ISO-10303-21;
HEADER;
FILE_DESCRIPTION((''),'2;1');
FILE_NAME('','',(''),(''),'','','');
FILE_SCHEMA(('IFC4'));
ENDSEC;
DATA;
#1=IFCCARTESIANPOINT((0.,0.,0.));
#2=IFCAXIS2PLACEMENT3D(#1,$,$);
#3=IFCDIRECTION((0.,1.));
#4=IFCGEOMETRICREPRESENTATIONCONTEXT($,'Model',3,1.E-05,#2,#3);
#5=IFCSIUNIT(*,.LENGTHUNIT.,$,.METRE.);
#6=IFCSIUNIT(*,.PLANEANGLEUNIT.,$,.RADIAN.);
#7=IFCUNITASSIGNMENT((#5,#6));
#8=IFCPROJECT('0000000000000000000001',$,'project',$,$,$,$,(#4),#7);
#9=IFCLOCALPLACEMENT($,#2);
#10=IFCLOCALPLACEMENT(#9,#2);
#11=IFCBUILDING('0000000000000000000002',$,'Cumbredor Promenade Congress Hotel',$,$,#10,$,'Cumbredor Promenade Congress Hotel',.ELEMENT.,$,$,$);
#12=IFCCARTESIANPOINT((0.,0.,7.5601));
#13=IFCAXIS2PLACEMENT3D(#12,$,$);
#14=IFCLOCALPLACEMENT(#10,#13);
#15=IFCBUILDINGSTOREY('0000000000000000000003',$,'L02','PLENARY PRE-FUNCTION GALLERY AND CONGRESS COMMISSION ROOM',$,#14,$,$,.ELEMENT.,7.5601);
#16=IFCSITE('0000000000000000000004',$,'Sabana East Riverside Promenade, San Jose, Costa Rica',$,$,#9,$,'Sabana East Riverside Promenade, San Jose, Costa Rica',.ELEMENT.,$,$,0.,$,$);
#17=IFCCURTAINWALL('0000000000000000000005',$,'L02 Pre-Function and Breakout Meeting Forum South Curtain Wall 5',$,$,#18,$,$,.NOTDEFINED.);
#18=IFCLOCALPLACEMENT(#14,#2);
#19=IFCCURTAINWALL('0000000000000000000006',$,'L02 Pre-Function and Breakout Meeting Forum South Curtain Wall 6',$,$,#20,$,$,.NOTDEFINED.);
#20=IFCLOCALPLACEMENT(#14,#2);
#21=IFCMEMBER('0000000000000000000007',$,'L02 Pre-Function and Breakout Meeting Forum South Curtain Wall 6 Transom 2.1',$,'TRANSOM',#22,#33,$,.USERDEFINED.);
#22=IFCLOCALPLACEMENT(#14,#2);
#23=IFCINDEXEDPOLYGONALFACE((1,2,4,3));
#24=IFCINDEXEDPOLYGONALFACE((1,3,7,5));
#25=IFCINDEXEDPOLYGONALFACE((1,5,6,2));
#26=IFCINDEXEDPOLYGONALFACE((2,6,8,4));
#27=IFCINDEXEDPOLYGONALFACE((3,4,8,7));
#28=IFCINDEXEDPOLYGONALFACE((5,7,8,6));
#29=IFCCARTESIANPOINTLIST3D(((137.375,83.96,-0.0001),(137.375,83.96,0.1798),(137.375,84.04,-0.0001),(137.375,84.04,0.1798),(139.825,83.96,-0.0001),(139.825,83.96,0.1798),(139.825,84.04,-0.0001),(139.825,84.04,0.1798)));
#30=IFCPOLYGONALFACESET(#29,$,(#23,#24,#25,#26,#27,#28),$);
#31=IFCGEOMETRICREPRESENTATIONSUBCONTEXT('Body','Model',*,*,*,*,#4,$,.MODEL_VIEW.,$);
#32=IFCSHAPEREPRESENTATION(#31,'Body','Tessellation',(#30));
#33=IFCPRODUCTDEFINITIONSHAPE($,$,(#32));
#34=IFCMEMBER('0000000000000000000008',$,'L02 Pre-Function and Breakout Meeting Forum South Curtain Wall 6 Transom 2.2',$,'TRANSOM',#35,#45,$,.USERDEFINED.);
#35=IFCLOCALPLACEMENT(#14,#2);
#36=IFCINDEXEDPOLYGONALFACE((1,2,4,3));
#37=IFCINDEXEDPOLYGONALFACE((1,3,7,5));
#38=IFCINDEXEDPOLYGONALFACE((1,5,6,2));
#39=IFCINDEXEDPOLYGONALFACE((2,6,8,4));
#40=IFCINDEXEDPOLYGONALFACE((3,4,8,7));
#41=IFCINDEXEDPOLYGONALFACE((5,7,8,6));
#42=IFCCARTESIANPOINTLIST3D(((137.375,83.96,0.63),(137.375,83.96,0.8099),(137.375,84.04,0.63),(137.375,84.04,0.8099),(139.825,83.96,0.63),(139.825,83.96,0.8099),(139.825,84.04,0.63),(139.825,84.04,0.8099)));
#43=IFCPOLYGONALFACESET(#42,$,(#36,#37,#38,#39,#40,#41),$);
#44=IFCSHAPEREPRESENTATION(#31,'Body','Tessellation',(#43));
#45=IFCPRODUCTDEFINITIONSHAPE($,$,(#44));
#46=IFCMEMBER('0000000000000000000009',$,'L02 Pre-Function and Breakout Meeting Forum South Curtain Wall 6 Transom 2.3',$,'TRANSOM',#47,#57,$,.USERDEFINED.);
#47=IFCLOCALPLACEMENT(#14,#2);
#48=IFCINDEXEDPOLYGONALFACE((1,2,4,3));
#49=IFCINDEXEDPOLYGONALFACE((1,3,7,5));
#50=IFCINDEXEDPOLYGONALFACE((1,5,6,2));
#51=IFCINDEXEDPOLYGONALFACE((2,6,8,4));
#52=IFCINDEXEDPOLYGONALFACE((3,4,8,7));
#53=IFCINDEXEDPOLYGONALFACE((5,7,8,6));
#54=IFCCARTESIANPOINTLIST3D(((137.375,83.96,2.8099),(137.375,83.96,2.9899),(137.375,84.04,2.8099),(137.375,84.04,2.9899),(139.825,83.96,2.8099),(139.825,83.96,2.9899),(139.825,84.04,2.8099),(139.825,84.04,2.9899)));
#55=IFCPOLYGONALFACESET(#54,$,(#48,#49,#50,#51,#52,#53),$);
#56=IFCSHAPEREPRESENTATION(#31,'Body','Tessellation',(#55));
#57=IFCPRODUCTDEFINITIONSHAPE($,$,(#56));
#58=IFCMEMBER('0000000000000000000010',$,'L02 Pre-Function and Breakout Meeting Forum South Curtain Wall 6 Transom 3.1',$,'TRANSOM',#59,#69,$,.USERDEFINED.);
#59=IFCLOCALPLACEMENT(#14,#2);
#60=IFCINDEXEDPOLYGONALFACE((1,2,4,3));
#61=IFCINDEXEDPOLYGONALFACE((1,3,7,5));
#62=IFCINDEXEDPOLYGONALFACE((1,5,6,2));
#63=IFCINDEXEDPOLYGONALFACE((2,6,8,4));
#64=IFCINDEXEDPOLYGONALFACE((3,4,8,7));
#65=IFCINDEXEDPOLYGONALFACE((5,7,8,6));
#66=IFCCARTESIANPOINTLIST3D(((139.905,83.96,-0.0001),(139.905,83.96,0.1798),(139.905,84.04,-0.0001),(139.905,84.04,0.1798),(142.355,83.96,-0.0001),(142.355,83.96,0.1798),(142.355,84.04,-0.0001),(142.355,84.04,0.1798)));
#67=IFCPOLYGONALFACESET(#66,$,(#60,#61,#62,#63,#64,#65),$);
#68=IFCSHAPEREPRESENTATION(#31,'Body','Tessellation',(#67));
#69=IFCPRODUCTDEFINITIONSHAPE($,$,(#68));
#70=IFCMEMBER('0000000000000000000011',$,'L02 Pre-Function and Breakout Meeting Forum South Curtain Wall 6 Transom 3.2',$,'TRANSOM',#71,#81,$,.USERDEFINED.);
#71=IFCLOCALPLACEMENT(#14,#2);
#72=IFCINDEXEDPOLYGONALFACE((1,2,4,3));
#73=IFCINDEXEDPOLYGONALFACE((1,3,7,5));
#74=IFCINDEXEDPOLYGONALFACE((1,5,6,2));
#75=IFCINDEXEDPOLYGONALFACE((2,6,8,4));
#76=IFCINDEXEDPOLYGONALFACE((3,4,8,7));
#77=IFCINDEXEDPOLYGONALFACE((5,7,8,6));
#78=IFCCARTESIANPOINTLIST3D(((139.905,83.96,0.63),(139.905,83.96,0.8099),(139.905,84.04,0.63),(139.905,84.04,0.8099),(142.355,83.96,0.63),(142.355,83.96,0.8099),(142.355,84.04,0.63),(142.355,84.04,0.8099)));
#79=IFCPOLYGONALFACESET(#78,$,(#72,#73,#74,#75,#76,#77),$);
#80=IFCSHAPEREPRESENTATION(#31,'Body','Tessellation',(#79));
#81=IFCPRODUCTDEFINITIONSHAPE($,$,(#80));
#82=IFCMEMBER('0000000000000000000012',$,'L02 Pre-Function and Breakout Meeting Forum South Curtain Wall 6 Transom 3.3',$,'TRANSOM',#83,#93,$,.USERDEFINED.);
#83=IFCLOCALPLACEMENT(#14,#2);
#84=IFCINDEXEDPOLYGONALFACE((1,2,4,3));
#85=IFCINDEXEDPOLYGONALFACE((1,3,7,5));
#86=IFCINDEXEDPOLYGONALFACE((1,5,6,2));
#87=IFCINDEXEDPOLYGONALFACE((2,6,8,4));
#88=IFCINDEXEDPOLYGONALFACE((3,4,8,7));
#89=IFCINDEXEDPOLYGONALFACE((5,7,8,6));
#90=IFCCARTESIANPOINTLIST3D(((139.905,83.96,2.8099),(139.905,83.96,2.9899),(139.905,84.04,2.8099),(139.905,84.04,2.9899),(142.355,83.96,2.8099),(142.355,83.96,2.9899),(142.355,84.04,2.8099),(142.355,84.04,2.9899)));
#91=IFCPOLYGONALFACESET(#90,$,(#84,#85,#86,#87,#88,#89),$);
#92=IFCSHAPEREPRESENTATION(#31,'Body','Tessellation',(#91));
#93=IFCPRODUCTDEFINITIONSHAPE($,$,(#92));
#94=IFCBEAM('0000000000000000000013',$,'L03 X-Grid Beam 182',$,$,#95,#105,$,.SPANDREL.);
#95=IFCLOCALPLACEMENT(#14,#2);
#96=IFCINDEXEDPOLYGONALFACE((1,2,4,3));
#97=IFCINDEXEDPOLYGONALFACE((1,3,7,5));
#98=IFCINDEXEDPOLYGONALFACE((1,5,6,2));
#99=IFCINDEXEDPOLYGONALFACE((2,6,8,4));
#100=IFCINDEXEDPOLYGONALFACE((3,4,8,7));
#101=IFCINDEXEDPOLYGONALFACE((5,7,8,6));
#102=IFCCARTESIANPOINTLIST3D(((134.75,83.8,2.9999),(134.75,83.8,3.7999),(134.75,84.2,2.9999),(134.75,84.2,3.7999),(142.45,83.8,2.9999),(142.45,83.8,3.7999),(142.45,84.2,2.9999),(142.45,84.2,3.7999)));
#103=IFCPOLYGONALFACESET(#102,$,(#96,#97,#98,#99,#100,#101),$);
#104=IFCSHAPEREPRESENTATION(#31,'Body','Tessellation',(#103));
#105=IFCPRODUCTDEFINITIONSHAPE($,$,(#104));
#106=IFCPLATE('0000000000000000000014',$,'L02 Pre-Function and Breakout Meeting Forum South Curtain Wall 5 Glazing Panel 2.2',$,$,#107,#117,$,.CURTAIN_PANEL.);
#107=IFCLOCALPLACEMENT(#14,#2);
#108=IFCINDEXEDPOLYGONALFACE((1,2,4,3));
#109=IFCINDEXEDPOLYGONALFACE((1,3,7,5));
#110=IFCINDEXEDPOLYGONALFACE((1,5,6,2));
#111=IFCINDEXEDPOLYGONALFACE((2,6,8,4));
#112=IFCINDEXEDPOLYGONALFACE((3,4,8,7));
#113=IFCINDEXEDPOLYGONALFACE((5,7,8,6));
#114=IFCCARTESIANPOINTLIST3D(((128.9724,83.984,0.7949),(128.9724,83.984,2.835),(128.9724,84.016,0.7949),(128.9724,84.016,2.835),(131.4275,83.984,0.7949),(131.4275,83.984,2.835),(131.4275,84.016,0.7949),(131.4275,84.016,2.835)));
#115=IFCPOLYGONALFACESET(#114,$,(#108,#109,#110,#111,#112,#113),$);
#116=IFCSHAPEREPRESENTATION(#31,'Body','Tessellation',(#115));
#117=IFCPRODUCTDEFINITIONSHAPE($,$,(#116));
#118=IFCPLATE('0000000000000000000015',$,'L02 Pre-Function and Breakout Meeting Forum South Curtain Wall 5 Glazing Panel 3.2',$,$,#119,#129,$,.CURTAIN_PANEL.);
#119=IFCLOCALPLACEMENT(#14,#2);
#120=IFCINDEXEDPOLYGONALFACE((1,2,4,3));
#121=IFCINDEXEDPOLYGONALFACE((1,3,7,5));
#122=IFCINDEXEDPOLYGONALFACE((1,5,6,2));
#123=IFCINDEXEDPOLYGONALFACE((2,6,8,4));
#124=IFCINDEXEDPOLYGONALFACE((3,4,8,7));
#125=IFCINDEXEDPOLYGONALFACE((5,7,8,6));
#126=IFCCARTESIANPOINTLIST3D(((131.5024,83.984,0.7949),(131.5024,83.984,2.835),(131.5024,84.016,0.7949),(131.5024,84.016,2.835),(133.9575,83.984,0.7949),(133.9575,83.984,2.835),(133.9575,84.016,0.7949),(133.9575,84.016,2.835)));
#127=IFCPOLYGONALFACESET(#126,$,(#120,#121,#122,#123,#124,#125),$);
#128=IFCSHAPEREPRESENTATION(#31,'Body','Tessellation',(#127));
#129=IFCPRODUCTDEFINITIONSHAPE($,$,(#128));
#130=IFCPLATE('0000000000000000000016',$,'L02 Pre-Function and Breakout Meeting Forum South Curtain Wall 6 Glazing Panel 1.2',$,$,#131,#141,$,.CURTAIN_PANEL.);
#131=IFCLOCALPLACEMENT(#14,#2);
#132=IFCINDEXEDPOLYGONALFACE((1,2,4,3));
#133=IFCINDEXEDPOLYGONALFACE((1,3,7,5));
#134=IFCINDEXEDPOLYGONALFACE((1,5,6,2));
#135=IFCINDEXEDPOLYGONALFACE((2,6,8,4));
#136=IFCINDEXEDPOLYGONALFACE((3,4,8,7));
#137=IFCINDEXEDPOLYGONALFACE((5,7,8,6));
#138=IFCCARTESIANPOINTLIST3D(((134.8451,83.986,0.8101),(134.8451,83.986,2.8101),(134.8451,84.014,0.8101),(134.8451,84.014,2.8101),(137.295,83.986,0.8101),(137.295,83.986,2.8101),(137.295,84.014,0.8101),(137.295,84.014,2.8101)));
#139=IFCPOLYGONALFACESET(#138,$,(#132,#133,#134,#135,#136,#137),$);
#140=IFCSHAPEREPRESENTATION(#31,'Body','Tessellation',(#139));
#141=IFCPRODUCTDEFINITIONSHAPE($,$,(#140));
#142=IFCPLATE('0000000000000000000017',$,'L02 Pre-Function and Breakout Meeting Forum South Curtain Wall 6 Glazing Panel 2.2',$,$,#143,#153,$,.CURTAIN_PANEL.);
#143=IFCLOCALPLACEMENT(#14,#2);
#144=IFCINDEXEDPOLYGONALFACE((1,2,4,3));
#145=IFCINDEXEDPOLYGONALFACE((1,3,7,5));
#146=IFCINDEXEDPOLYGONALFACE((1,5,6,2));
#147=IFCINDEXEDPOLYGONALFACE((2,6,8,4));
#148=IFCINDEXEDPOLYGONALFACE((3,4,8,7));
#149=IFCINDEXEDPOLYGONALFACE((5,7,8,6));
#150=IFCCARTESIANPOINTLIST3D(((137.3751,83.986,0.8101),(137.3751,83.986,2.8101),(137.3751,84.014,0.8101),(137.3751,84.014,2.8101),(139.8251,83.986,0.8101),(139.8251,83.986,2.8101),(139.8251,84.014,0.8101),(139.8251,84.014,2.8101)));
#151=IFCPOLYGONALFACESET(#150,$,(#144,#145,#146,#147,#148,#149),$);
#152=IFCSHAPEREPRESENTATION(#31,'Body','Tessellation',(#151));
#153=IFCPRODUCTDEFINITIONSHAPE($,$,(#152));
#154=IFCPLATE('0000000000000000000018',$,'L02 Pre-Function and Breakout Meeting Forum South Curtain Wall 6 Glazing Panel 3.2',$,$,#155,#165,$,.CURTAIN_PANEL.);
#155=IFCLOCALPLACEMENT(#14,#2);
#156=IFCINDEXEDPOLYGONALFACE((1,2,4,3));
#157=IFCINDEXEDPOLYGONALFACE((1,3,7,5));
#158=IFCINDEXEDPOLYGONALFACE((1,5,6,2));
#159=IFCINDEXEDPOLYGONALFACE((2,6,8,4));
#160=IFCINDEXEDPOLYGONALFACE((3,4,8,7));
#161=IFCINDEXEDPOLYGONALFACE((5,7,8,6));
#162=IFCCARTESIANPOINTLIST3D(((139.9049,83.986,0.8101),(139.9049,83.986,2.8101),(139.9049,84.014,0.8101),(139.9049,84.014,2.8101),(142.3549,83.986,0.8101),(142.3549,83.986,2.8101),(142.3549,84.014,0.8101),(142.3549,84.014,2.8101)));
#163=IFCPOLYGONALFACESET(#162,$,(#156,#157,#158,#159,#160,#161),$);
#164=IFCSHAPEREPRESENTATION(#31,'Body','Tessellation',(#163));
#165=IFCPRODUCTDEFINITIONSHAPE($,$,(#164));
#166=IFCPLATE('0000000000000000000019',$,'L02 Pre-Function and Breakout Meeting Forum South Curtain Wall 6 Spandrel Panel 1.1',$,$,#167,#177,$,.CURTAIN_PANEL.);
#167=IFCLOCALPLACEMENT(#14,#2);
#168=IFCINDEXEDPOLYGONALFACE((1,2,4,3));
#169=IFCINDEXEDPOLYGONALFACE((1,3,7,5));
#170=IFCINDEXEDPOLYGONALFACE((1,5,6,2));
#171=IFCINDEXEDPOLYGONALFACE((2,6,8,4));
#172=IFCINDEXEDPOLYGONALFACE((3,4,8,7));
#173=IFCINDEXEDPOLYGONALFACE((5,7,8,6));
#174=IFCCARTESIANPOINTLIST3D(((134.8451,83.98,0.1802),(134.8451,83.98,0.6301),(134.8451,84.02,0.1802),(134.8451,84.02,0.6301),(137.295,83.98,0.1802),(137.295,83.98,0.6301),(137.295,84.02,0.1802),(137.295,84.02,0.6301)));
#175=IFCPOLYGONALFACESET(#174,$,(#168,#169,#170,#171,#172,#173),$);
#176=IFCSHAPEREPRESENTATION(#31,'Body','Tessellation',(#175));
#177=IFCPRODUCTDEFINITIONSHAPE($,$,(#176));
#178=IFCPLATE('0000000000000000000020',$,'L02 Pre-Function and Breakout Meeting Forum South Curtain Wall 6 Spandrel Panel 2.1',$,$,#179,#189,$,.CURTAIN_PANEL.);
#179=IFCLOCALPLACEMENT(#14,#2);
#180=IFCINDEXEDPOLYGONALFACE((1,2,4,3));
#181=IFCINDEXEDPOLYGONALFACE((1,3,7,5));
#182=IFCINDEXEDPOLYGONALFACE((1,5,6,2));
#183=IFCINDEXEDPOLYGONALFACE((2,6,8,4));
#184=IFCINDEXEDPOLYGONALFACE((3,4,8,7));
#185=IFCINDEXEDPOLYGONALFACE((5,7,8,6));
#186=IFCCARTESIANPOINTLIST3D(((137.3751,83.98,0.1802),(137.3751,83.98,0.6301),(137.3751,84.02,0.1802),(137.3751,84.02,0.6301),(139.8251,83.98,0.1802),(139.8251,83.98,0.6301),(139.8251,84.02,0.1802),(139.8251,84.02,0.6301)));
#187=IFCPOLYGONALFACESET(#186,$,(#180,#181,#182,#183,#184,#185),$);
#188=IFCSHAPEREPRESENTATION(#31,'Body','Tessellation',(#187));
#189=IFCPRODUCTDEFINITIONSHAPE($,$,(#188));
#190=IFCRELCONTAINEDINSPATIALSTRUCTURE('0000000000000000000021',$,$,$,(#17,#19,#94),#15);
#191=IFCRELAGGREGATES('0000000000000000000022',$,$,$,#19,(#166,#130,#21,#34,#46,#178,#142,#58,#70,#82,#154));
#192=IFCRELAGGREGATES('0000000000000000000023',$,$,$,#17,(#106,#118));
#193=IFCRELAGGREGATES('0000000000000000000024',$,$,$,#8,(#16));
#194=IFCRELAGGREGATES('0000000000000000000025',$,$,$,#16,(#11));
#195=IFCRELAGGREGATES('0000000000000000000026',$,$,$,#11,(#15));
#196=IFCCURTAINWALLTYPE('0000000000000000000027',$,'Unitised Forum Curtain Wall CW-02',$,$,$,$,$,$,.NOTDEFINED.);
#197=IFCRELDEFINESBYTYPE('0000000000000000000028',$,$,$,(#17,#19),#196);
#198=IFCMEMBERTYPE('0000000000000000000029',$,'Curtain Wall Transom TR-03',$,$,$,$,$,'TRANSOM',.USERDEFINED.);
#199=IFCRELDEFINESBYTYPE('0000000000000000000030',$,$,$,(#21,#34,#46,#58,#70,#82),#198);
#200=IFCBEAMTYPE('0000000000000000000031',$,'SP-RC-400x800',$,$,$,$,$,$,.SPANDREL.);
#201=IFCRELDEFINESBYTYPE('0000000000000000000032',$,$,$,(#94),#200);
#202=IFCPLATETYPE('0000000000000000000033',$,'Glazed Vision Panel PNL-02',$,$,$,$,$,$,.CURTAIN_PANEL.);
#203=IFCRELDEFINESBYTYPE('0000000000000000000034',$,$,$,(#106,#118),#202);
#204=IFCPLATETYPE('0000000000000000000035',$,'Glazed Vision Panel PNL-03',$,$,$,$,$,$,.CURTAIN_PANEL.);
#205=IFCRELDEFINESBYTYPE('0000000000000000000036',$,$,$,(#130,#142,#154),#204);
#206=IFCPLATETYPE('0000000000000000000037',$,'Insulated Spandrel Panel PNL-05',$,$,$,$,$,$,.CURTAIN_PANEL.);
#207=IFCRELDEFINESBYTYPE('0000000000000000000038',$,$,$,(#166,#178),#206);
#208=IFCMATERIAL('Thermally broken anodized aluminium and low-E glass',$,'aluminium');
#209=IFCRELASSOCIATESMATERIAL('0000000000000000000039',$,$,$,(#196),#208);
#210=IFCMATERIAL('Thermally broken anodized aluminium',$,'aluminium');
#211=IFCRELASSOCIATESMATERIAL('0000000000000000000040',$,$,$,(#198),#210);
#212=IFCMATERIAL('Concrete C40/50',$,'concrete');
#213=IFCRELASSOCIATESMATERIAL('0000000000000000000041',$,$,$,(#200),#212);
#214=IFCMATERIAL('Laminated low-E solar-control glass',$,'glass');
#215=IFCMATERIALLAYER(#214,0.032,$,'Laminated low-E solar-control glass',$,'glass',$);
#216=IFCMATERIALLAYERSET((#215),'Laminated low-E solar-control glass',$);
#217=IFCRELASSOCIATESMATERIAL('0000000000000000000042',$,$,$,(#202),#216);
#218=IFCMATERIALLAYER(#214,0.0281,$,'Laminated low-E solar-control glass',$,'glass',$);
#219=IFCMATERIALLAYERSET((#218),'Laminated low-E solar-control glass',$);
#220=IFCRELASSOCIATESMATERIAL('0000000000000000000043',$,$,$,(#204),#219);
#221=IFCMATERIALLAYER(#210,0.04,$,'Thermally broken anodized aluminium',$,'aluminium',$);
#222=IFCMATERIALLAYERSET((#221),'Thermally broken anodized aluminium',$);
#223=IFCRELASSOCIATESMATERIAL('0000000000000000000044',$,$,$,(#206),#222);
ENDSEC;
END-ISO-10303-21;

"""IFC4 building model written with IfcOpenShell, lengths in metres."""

from ifc_helpers import new_model, si_unit, direction, frame, origin, origin_2d, place, context, subcontext, project, spatial, rectangle, extrude, material, layer, layer_set, material_profile, profile_set, type_object, element, aggregate, save


model = new_model("IFC4")

# Units and contexts
model_context = context("Model", 3, precision=1e-05, world=origin(), true_north=direction((0.0, 1.0)))
body_context = subcontext(model_context, "Body", "Model", "MODEL_VIEW")
ifc_project = project(units=[si_unit("LENGTHUNIT", "METRE"), si_unit("PLANEANGLEUNIT", "RADIAN")], contexts=[model_context])

# Site, building, storey
site_placement = place(None, origin())
site = spatial("IfcSite", under=ifc_project, at=site_placement, Name="Sabana East Riverside Promenade, San Jose, Costa Rica", LongName="Sabana East Riverside Promenade, San Jose, Costa Rica", CompositionType="ELEMENT", RefElevation=0.0)
building_placement = place(site_placement, origin())
building = spatial("IfcBuilding", under=site, at=building_placement, Name="Cumbredor Promenade Congress Hotel", LongName="Cumbredor Promenade Congress Hotel", CompositionType="ELEMENT")
storey_placement = place(building_placement, frame((0.0, 0.0, 7.5601)))
storey = spatial("IfcBuildingStorey", under=building, at=storey_placement, Name="L02", Description="PLENARY PRE-FUNCTION GALLERY AND CONGRESS COMMISSION ROOM", CompositionType="ELEMENT", Elevation=7.5601)

# Shared definitions
ifc_material_1 = material(Name="Concrete C40/50", Category="concrete")

# Curtain walls
ifc_material_2 = material(Name="Thermally broken anodized aluminium and low-E glass", Category="aluminium")
curtain_wall_type = type_object("IfcCurtainWallType", Name="Unitised Forum Curtain Wall CW-02", PredefinedType="NOTDEFINED", material=ifc_material_2)
curtain_wall_1_placement = place(storey_placement, origin())
curtain_wall_1 = element("IfcCurtainWall", 1, at=curtain_wall_1_placement, inside=storey, type_object=curtain_wall_type, Name="L02 Pre-Function and Breakout Meeting Forum South Curtain Wall 5", PredefinedType="NOTDEFINED")
ifc_material_3 = material(Name="Thermally broken anodized aluminium", Category="aluminium")
curtain_wall_2_placement = place(storey_placement, origin())
curtain_wall_2 = element("IfcCurtainWall", 2, at=curtain_wall_2_placement, inside=storey, type_object=curtain_wall_type, Name="L02 Pre-Function and Breakout Meeting Forum South Curtain Wall 6", PredefinedType="NOTDEFINED")

# Members
ifc_material_profile_1 = material_profile(ifc_material_3, rectangle(XDim=0.0801, YDim=0.1799, at=origin_2d()), Name="ALU TRANSOM 80x180")
ifc_profile_set_1 = profile_set([ifc_material_profile_1], Name="Thermally broken anodized aluminium")
member_type_1 = type_object("IfcMemberType", Name="Curtain Wall Transom TR-03", ElementType="TRANSOM", PredefinedType="USERDEFINED", material=ifc_profile_set_1)
member_1_placement = place(storey_placement, frame((137.375, 84.0, 0.0898), z_axis=(1.0, 0.0, 0.0), x_axis=(0.0, 1.0, 0.0)))
member_1 = element("IfcMember", 3, at=member_1_placement, type_object=member_type_1, Name="L02 Pre-Function and Breakout Meeting Forum South Curtain Wall 6 Transom 2.1", ObjectType="TRANSOM", PredefinedType="USERDEFINED", context=body_context, shape_type="SweptSolid", body=[
    extrude(rectangle(XDim=0.0801, YDim=0.1799, at=origin_2d()), origin(), (0.0, 0.0, 1.0), 2.45),
])
member_2_placement = place(storey_placement, frame((137.375, 84.0, 0.72), z_axis=(1.0, 0.0, 0.0), x_axis=(0.0, 1.0, 0.0)))
member_2 = element("IfcMember", 4, at=member_2_placement, type_object=member_type_1, Name="L02 Pre-Function and Breakout Meeting Forum South Curtain Wall 6 Transom 2.2", ObjectType="TRANSOM", PredefinedType="USERDEFINED", context=body_context, shape_type="SweptSolid", body=[
    extrude(rectangle(XDim=0.0801, YDim=0.1799, at=origin_2d()), origin(), (0.0, 0.0, 1.0), 2.45),
])
member_3_placement = place(storey_placement, frame((137.375, 84.0, 2.8999), z_axis=(1.0, 0.0, 0.0), x_axis=(0.0, 1.0, 0.0)))
member_3 = element("IfcMember", 5, at=member_3_placement, type_object=member_type_1, Name="L02 Pre-Function and Breakout Meeting Forum South Curtain Wall 6 Transom 2.3", ObjectType="TRANSOM", PredefinedType="USERDEFINED", context=body_context, shape_type="SweptSolid", body=[
    extrude(rectangle(XDim=0.0801, YDim=0.1799, at=origin_2d()), origin(), (0.0, 0.0, 1.0), 2.45),
])
member_4_placement = place(storey_placement, frame((139.905, 84.0, 0.0898), z_axis=(1.0, 0.0, 0.0), x_axis=(0.0, 1.0, 0.0)))
member_4 = element("IfcMember", 6, at=member_4_placement, type_object=member_type_1, Name="L02 Pre-Function and Breakout Meeting Forum South Curtain Wall 6 Transom 3.1", ObjectType="TRANSOM", PredefinedType="USERDEFINED", context=body_context, shape_type="SweptSolid", body=[
    extrude(rectangle(XDim=0.0801, YDim=0.1799, at=origin_2d()), origin(), (0.0, 0.0, 1.0), 2.45),
])
member_5_placement = place(storey_placement, frame((139.905, 84.0, 0.72), z_axis=(1.0, 0.0, 0.0), x_axis=(0.0, 1.0, 0.0)))
member_5 = element("IfcMember", 7, at=member_5_placement, type_object=member_type_1, Name="L02 Pre-Function and Breakout Meeting Forum South Curtain Wall 6 Transom 3.2", ObjectType="TRANSOM", PredefinedType="USERDEFINED", context=body_context, shape_type="SweptSolid", body=[
    extrude(rectangle(XDim=0.0801, YDim=0.1799, at=origin_2d()), origin(), (0.0, 0.0, 1.0), 2.45),
])
member_6_placement = place(storey_placement, frame((139.905, 84.0, 2.8999), z_axis=(1.0, 0.0, 0.0), x_axis=(0.0, 1.0, 0.0)))
member_6 = element("IfcMember", 8, at=member_6_placement, type_object=member_type_1, Name="L02 Pre-Function and Breakout Meeting Forum South Curtain Wall 6 Transom 3.3", ObjectType="TRANSOM", PredefinedType="USERDEFINED", context=body_context, shape_type="SweptSolid", body=[
    extrude(rectangle(XDim=0.0801, YDim=0.1799, at=origin_2d()), origin(), (0.0, 0.0, 1.0), 2.45),
])

# Beam
ifc_material_profile_2 = material_profile(ifc_material_1, rectangle(XDim=0.3999, YDim=0.8, at=origin_2d()), Name="RC SPANDREL 400x800")
ifc_profile_set_2 = profile_set([ifc_material_profile_2], Name="Concrete C40/50")
beam_type_1 = type_object("IfcBeamType", Name="SP-RC-400x800", PredefinedType="SPANDREL", material=ifc_profile_set_2)
beam_1_placement = place(storey_placement, frame((134.75, 84.0, 3.3999), z_axis=(1.0, 0.0, 0.0), x_axis=(0.0, 1.0, 0.0)))
element("IfcBeam", 9, at=beam_1_placement, inside=storey, type_object=beam_type_1, Name="L03 X-Grid Beam 182", PredefinedType="SPANDREL", context=body_context, shape_type="SweptSolid", body=[
    extrude(rectangle(XDim=0.3999, YDim=0.8, at=origin_2d()), origin(), (0.0, 0.0, 1.0), 7.7),
])

# Plates
ifc_material_4 = material(Name="Laminated low-E solar-control glass", Category="glass")
ifc_layer_1 = layer(ifc_material_4, 0.032, Name="Laminated low-E solar-control glass", Category="glass")
ifc_layer_set_1 = layer_set([ifc_layer_1], Name="Laminated low-E solar-control glass")
plate_type_1 = type_object("IfcPlateType", Name="Glazed Vision Panel PNL-02", PredefinedType="CURTAIN_PANEL", material=ifc_layer_set_1)
plate_1_placement = place(storey_placement, frame((130.2, 84.0, 0.7949), z_axis=(0.0, 0.0, 1.0), x_axis=(1.0, 0.0, 0.0)))
plate_1 = element("IfcPlate", 10, at=plate_1_placement, type_object=plate_type_1, Name="L02 Pre-Function and Breakout Meeting Forum South Curtain Wall 5 Glazing Panel 2.2", PredefinedType="CURTAIN_PANEL", context=body_context, shape_type="SweptSolid", body=[
    extrude(rectangle(XDim=2.4551, YDim=0.032, at=origin_2d()), origin(), (0.0, 0.0, 1.0), 2.04),
])
plate_2_placement = place(storey_placement, frame((132.73, 84.0, 0.7949), z_axis=(0.0, 0.0, 1.0), x_axis=(1.0, 0.0, 0.0)))
plate_2 = element("IfcPlate", 11, at=plate_2_placement, type_object=plate_type_1, Name="L02 Pre-Function and Breakout Meeting Forum South Curtain Wall 5 Glazing Panel 3.2", PredefinedType="CURTAIN_PANEL", context=body_context, shape_type="SweptSolid", body=[
    extrude(rectangle(XDim=2.4551, YDim=0.032, at=origin_2d()), origin(), (0.0, 0.0, 1.0), 2.04),
])
ifc_layer_2 = layer(ifc_material_4, 0.0281, Name="Laminated low-E solar-control glass", Category="glass")
ifc_layer_set_2 = layer_set([ifc_layer_2], Name="Laminated low-E solar-control glass")
plate_type_2 = type_object("IfcPlateType", Name="Glazed Vision Panel PNL-03", PredefinedType="CURTAIN_PANEL", material=ifc_layer_set_2)
plate_3_placement = place(storey_placement, frame((136.0701, 84.0, 0.8101), z_axis=(0.0, 0.0, 1.0), x_axis=(1.0, 0.0, 0.0)))
plate_3 = element("IfcPlate", 12, at=plate_3_placement, type_object=plate_type_2, Name="L02 Pre-Function and Breakout Meeting Forum South Curtain Wall 6 Glazing Panel 1.2", PredefinedType="CURTAIN_PANEL", context=body_context, shape_type="SweptSolid", body=[
    extrude(rectangle(XDim=2.45, YDim=0.0281, at=origin_2d()), origin(), (0.0, 0.0, 1.0), 2.0),
])
plate_4_placement = place(storey_placement, frame((138.6001, 84.0, 0.8101), z_axis=(0.0, 0.0, 1.0), x_axis=(1.0, 0.0, 0.0)))
plate_4 = element("IfcPlate", 13, at=plate_4_placement, type_object=plate_type_2, Name="L02 Pre-Function and Breakout Meeting Forum South Curtain Wall 6 Glazing Panel 2.2", PredefinedType="CURTAIN_PANEL", context=body_context, shape_type="SweptSolid", body=[
    extrude(rectangle(XDim=2.45, YDim=0.0281, at=origin_2d()), origin(), (0.0, 0.0, 1.0), 2.0),
])
plate_5_placement = place(storey_placement, frame((141.1299, 84.0, 0.8101), z_axis=(0.0, 0.0, 1.0), x_axis=(1.0, 0.0, 0.0)))
plate_5 = element("IfcPlate", 14, at=plate_5_placement, type_object=plate_type_2, Name="L02 Pre-Function and Breakout Meeting Forum South Curtain Wall 6 Glazing Panel 3.2", PredefinedType="CURTAIN_PANEL", context=body_context, shape_type="SweptSolid", body=[
    extrude(rectangle(XDim=2.45, YDim=0.0281, at=origin_2d()), origin(), (0.0, 0.0, 1.0), 2.0),
])
ifc_layer_3 = layer(ifc_material_3, 0.04, Name="Thermally broken anodized aluminium", Category="aluminium")
ifc_layer_set_3 = layer_set([ifc_layer_3], Name="Thermally broken anodized aluminium")
plate_type_3 = type_object("IfcPlateType", Name="Insulated Spandrel Panel PNL-05", PredefinedType="CURTAIN_PANEL", material=ifc_layer_set_3)
plate_6_placement = place(storey_placement, frame((136.0701, 84.0, 0.1802), z_axis=(0.0, 0.0, 1.0), x_axis=(1.0, 0.0, 0.0)))
plate_6 = element("IfcPlate", 15, at=plate_6_placement, type_object=plate_type_3, Name="L02 Pre-Function and Breakout Meeting Forum South Curtain Wall 6 Spandrel Panel 1.1", PredefinedType="CURTAIN_PANEL", context=body_context, shape_type="SweptSolid", body=[
    extrude(rectangle(XDim=2.45, YDim=0.04, at=origin_2d()), origin(), (0.0, 0.0, 1.0), 0.45),
])
plate_7_placement = place(storey_placement, frame((138.6001, 84.0, 0.1802), z_axis=(0.0, 0.0, 1.0), x_axis=(1.0, 0.0, 0.0)))
plate_7 = element("IfcPlate", 16, at=plate_7_placement, type_object=plate_type_3, Name="L02 Pre-Function and Breakout Meeting Forum South Curtain Wall 6 Spandrel Panel 2.1", PredefinedType="CURTAIN_PANEL", context=body_context, shape_type="SweptSolid", body=[
    extrude(rectangle(XDim=2.45, YDim=0.04, at=origin_2d()), origin(), (0.0, 0.0, 1.0), 0.45),
])
aggregate(curtain_wall_2, [plate_6, plate_3, member_1, member_2, member_3, plate_7, plate_4, member_4, member_5, member_6, plate_5])
aggregate(curtain_wall_1, [plate_1, plate_2])

save(model, "model.ifc")
